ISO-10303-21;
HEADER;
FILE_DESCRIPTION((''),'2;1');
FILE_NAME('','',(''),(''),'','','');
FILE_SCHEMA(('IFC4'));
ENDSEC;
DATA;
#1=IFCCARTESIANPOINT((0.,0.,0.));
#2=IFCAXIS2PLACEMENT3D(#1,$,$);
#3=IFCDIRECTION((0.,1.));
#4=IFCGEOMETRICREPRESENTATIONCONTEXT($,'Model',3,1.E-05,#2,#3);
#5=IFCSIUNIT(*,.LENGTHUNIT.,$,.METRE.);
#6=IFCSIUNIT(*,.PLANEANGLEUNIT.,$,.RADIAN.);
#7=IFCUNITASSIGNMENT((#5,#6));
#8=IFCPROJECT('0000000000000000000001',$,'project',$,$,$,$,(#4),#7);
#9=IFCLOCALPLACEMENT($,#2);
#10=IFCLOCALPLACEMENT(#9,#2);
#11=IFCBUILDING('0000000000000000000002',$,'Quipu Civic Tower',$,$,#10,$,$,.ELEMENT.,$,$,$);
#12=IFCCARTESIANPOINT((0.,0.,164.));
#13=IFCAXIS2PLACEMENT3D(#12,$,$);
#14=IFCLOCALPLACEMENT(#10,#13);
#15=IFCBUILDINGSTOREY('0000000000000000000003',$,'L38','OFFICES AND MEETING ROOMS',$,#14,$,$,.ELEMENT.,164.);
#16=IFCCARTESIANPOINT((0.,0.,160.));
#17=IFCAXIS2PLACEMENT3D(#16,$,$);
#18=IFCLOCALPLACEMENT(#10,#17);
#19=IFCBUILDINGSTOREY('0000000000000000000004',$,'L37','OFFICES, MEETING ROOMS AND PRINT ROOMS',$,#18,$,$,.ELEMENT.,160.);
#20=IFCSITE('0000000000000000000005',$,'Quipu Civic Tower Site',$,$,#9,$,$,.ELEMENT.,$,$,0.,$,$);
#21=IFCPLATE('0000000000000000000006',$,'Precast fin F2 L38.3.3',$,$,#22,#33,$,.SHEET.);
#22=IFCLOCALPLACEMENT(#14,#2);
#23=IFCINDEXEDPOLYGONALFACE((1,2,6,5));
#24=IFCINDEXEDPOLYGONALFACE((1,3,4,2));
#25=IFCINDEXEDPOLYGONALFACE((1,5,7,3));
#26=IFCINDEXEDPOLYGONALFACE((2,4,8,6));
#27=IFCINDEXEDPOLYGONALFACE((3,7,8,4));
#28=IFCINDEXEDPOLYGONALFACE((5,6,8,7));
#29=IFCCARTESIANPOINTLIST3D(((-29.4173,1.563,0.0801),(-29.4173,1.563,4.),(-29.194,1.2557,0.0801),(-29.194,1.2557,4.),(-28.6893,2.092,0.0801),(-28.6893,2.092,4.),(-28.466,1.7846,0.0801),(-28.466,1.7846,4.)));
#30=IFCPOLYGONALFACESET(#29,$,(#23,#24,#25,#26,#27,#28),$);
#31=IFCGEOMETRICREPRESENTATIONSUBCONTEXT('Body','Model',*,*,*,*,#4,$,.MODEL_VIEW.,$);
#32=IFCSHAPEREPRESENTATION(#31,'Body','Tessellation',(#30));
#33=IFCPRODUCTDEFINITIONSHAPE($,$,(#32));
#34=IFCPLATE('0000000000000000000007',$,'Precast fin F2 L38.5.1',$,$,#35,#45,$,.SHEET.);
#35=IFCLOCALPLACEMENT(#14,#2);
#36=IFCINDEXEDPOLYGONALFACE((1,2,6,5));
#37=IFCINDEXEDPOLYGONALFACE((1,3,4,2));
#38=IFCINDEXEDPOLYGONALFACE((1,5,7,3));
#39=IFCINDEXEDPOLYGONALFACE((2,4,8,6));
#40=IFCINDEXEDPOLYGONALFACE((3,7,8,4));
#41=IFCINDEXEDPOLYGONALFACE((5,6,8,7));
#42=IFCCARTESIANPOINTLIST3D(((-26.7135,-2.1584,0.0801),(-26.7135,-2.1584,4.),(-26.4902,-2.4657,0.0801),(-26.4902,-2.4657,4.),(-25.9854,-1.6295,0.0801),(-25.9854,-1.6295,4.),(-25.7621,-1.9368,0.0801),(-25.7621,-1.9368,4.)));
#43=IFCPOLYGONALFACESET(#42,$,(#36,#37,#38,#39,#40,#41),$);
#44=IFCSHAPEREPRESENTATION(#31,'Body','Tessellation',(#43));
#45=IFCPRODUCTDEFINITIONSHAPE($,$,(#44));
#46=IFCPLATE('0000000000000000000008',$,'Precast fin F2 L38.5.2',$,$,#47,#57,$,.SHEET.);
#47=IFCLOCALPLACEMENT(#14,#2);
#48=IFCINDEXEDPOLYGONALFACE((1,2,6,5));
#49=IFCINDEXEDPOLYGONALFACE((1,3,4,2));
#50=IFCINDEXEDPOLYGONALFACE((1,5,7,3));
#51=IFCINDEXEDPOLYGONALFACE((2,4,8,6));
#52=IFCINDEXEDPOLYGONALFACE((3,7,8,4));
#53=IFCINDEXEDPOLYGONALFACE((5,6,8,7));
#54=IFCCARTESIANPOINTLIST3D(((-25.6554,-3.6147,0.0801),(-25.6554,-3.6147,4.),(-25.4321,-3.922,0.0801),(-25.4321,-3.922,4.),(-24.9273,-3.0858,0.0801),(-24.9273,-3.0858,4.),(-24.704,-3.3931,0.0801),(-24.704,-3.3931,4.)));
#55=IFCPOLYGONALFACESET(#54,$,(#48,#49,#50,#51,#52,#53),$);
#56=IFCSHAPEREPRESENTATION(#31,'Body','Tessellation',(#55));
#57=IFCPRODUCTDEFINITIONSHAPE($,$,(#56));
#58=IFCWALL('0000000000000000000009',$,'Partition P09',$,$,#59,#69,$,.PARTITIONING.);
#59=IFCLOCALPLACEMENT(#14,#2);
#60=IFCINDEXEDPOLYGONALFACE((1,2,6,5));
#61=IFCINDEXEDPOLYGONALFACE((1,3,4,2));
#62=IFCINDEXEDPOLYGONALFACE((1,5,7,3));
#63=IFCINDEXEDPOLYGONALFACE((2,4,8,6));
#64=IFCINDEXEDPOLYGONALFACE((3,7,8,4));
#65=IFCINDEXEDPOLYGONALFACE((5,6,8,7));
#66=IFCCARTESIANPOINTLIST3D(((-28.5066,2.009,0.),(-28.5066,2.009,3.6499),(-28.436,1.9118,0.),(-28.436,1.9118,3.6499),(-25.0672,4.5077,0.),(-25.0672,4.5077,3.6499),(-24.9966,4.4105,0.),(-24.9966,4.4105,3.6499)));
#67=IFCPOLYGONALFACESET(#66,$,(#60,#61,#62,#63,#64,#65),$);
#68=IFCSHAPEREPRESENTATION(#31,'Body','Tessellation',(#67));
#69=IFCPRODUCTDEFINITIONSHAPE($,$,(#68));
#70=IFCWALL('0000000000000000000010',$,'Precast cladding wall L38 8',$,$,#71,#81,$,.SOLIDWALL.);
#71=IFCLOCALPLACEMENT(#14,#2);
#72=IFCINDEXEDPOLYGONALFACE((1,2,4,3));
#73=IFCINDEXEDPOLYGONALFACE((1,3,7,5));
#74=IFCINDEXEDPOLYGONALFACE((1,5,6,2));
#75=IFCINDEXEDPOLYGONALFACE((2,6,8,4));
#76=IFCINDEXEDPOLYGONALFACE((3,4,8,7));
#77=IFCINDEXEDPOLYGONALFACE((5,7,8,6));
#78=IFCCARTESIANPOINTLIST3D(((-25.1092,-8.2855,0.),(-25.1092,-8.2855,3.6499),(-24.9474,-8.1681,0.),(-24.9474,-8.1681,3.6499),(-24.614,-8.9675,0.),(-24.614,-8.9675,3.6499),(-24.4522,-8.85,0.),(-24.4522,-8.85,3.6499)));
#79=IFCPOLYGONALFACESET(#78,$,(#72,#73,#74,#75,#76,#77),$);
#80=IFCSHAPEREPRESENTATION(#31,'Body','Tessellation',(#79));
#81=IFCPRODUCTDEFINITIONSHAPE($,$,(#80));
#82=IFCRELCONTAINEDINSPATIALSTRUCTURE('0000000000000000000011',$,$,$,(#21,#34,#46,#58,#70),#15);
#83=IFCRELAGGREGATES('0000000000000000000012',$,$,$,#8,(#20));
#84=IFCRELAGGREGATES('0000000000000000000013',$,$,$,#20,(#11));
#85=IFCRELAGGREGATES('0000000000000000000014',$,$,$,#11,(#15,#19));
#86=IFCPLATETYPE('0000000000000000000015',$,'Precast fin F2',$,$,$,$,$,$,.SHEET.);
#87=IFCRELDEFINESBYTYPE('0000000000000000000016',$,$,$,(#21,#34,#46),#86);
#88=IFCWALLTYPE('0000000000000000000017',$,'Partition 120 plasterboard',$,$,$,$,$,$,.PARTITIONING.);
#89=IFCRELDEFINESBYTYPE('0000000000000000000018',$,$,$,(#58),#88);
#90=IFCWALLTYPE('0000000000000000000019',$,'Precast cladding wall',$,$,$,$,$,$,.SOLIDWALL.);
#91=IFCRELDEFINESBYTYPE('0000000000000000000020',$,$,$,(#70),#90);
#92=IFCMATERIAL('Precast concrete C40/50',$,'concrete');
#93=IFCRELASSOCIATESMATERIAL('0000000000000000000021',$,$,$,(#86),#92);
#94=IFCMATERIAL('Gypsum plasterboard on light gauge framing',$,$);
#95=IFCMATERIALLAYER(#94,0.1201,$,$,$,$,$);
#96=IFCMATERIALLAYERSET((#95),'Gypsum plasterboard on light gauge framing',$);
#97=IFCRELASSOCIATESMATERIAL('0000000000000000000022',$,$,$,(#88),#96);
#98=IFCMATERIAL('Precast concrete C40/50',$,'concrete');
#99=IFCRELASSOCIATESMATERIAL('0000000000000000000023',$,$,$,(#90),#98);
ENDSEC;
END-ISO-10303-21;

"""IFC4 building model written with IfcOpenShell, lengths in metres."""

from ifc_helpers import new_model, si_unit, direction, frame, frame_2d, origin, origin_2d, place, context, subcontext, project, spatial, rectangle, extrude, material, layer, layer_set, type_object, element, save


model = new_model("IFC4")

# Units and contexts
model_context = context("Model", 3, precision=1e-05, world=origin(), true_north=direction((0.0, 1.0)))
body_context = subcontext(model_context, "Body", "Model", "MODEL_VIEW")
ifc_project = project(units=[si_unit("LENGTHUNIT", "METRE"), si_unit("PLANEANGLEUNIT", "RADIAN")], contexts=[model_context])

# Site, building, storey
site_placement = place(None, origin())
site = spatial("IfcSite", under=ifc_project, at=site_placement, Name="Quipu Civic Tower Site", CompositionType="ELEMENT", RefElevation=0.0)
building_placement = place(site_placement, origin())
building = spatial("IfcBuilding", under=site, at=building_placement, Name="Quipu Civic Tower", CompositionType="ELEMENT")
storey_1_placement = place(building_placement, frame((0.0, 0.0, 164.0)))
storey_1 = spatial("IfcBuildingStorey", under=building, at=storey_1_placement, Name="L38", Description="OFFICES AND MEETING ROOMS", CompositionType="ELEMENT", Elevation=164.0)

# Shared definitions
storey_2_placement = place(building_placement, frame((0.0, 0.0, 160.0)))
storey_2 = spatial("IfcBuildingStorey", under=building, at=storey_2_placement, Name="L37", Description="OFFICES, MEETING ROOMS AND PRINT ROOMS", CompositionType="ELEMENT", Elevation=160.0)

# Plates
ifc_material_1 = material(Name="Precast concrete C40/50", Category="concrete")
plate_type = type_object("IfcPlateType", Name="Precast fin F2", PredefinedType="SHEET", material=ifc_material_1)
for number, where, z_axis, x_axis, name in (
    (1, (-28.9417, 1.6738, 0.0801), (0.0, 0.0, 1.0), (0.587784, -0.809018, 0.0), "Precast fin F2 L38.3.3"),
    (2, (-26.2378, -2.0476, 0.0801), (0.0, 0.0, 1.0), (0.587784, -0.809018, 0.0), "Precast fin F2 L38.5.1"),
    (3, (-25.1797, -3.5039, 0.0801), (0.0, 0.0, 1.0), (0.587784, -0.809018, 0.0), "Precast fin F2 L38.5.2"),
):
    element("IfcPlate", number, at=place(storey_1_placement, frame(where, z_axis=z_axis, x_axis=x_axis)), inside=storey_1, type_object=plate_type, Name=name, PredefinedType="SHEET", context=body_context, shape_type="SweptSolid", body=[
        extrude(rectangle(XDim=0.3799, YDim=0.8999, at=origin_2d()), origin(), (0.0, 0.0, 1.0), 3.9199),
    ])

# Walls
ifc_material_2 = material(Name="Gypsum plasterboard on light gauge framing")
ifc_layer = layer(ifc_material_2, 0.1201)
ifc_layer_set = layer_set([ifc_layer], Name="Gypsum plasterboard on light gauge framing")
wall_type_1 = type_object("IfcWallType", Name="Partition 120 plasterboard", PredefinedType="PARTITIONING", material=ifc_layer_set)
wall_1_placement = place(storey_1_placement, frame((-28.4712, 1.9604, 0.0), z_axis=(0.0, 0.0, 1.0), x_axis=(0.809031, 0.587765, 0.0)))
element("IfcWall", 4, at=wall_1_placement, inside=storey_1, type_object=wall_type_1, Name="Partition P09", PredefinedType="PARTITIONING", context=body_context, shape_type="SweptSolid", body=[
    extrude(rectangle(XDim=4.2512, YDim=0.1201, at=frame_2d((2.1255, 0.0))), origin(), (0.0, 0.0, 1.0), 3.6499),
])
ifc_material_3 = material(Name="Precast concrete C40/50", Category="concrete")
wall_type_2 = type_object("IfcWallType", Name="Precast cladding wall", PredefinedType="SOLIDWALL", material=ifc_material_3)
wall_2_placement = place(storey_1_placement, frame((-25.0283, -8.2268, 0.0), z_axis=(0.0, 0.0, 1.0), x_axis=(0.587551, -0.809187, 0.0)))
element("IfcWall", 5, at=wall_2_placement, inside=storey_1, type_object=wall_type_2, Name="Precast cladding wall L38 8", PredefinedType="SOLIDWALL", context=body_context, shape_type="SweptSolid", body=[
    extrude(rectangle(XDim=0.8428, YDim=0.2, at=frame_2d((0.4214, 0.0))), origin(), (0.0, 0.0, 1.0), 3.6499),
])

save(model, "model.ifc")
